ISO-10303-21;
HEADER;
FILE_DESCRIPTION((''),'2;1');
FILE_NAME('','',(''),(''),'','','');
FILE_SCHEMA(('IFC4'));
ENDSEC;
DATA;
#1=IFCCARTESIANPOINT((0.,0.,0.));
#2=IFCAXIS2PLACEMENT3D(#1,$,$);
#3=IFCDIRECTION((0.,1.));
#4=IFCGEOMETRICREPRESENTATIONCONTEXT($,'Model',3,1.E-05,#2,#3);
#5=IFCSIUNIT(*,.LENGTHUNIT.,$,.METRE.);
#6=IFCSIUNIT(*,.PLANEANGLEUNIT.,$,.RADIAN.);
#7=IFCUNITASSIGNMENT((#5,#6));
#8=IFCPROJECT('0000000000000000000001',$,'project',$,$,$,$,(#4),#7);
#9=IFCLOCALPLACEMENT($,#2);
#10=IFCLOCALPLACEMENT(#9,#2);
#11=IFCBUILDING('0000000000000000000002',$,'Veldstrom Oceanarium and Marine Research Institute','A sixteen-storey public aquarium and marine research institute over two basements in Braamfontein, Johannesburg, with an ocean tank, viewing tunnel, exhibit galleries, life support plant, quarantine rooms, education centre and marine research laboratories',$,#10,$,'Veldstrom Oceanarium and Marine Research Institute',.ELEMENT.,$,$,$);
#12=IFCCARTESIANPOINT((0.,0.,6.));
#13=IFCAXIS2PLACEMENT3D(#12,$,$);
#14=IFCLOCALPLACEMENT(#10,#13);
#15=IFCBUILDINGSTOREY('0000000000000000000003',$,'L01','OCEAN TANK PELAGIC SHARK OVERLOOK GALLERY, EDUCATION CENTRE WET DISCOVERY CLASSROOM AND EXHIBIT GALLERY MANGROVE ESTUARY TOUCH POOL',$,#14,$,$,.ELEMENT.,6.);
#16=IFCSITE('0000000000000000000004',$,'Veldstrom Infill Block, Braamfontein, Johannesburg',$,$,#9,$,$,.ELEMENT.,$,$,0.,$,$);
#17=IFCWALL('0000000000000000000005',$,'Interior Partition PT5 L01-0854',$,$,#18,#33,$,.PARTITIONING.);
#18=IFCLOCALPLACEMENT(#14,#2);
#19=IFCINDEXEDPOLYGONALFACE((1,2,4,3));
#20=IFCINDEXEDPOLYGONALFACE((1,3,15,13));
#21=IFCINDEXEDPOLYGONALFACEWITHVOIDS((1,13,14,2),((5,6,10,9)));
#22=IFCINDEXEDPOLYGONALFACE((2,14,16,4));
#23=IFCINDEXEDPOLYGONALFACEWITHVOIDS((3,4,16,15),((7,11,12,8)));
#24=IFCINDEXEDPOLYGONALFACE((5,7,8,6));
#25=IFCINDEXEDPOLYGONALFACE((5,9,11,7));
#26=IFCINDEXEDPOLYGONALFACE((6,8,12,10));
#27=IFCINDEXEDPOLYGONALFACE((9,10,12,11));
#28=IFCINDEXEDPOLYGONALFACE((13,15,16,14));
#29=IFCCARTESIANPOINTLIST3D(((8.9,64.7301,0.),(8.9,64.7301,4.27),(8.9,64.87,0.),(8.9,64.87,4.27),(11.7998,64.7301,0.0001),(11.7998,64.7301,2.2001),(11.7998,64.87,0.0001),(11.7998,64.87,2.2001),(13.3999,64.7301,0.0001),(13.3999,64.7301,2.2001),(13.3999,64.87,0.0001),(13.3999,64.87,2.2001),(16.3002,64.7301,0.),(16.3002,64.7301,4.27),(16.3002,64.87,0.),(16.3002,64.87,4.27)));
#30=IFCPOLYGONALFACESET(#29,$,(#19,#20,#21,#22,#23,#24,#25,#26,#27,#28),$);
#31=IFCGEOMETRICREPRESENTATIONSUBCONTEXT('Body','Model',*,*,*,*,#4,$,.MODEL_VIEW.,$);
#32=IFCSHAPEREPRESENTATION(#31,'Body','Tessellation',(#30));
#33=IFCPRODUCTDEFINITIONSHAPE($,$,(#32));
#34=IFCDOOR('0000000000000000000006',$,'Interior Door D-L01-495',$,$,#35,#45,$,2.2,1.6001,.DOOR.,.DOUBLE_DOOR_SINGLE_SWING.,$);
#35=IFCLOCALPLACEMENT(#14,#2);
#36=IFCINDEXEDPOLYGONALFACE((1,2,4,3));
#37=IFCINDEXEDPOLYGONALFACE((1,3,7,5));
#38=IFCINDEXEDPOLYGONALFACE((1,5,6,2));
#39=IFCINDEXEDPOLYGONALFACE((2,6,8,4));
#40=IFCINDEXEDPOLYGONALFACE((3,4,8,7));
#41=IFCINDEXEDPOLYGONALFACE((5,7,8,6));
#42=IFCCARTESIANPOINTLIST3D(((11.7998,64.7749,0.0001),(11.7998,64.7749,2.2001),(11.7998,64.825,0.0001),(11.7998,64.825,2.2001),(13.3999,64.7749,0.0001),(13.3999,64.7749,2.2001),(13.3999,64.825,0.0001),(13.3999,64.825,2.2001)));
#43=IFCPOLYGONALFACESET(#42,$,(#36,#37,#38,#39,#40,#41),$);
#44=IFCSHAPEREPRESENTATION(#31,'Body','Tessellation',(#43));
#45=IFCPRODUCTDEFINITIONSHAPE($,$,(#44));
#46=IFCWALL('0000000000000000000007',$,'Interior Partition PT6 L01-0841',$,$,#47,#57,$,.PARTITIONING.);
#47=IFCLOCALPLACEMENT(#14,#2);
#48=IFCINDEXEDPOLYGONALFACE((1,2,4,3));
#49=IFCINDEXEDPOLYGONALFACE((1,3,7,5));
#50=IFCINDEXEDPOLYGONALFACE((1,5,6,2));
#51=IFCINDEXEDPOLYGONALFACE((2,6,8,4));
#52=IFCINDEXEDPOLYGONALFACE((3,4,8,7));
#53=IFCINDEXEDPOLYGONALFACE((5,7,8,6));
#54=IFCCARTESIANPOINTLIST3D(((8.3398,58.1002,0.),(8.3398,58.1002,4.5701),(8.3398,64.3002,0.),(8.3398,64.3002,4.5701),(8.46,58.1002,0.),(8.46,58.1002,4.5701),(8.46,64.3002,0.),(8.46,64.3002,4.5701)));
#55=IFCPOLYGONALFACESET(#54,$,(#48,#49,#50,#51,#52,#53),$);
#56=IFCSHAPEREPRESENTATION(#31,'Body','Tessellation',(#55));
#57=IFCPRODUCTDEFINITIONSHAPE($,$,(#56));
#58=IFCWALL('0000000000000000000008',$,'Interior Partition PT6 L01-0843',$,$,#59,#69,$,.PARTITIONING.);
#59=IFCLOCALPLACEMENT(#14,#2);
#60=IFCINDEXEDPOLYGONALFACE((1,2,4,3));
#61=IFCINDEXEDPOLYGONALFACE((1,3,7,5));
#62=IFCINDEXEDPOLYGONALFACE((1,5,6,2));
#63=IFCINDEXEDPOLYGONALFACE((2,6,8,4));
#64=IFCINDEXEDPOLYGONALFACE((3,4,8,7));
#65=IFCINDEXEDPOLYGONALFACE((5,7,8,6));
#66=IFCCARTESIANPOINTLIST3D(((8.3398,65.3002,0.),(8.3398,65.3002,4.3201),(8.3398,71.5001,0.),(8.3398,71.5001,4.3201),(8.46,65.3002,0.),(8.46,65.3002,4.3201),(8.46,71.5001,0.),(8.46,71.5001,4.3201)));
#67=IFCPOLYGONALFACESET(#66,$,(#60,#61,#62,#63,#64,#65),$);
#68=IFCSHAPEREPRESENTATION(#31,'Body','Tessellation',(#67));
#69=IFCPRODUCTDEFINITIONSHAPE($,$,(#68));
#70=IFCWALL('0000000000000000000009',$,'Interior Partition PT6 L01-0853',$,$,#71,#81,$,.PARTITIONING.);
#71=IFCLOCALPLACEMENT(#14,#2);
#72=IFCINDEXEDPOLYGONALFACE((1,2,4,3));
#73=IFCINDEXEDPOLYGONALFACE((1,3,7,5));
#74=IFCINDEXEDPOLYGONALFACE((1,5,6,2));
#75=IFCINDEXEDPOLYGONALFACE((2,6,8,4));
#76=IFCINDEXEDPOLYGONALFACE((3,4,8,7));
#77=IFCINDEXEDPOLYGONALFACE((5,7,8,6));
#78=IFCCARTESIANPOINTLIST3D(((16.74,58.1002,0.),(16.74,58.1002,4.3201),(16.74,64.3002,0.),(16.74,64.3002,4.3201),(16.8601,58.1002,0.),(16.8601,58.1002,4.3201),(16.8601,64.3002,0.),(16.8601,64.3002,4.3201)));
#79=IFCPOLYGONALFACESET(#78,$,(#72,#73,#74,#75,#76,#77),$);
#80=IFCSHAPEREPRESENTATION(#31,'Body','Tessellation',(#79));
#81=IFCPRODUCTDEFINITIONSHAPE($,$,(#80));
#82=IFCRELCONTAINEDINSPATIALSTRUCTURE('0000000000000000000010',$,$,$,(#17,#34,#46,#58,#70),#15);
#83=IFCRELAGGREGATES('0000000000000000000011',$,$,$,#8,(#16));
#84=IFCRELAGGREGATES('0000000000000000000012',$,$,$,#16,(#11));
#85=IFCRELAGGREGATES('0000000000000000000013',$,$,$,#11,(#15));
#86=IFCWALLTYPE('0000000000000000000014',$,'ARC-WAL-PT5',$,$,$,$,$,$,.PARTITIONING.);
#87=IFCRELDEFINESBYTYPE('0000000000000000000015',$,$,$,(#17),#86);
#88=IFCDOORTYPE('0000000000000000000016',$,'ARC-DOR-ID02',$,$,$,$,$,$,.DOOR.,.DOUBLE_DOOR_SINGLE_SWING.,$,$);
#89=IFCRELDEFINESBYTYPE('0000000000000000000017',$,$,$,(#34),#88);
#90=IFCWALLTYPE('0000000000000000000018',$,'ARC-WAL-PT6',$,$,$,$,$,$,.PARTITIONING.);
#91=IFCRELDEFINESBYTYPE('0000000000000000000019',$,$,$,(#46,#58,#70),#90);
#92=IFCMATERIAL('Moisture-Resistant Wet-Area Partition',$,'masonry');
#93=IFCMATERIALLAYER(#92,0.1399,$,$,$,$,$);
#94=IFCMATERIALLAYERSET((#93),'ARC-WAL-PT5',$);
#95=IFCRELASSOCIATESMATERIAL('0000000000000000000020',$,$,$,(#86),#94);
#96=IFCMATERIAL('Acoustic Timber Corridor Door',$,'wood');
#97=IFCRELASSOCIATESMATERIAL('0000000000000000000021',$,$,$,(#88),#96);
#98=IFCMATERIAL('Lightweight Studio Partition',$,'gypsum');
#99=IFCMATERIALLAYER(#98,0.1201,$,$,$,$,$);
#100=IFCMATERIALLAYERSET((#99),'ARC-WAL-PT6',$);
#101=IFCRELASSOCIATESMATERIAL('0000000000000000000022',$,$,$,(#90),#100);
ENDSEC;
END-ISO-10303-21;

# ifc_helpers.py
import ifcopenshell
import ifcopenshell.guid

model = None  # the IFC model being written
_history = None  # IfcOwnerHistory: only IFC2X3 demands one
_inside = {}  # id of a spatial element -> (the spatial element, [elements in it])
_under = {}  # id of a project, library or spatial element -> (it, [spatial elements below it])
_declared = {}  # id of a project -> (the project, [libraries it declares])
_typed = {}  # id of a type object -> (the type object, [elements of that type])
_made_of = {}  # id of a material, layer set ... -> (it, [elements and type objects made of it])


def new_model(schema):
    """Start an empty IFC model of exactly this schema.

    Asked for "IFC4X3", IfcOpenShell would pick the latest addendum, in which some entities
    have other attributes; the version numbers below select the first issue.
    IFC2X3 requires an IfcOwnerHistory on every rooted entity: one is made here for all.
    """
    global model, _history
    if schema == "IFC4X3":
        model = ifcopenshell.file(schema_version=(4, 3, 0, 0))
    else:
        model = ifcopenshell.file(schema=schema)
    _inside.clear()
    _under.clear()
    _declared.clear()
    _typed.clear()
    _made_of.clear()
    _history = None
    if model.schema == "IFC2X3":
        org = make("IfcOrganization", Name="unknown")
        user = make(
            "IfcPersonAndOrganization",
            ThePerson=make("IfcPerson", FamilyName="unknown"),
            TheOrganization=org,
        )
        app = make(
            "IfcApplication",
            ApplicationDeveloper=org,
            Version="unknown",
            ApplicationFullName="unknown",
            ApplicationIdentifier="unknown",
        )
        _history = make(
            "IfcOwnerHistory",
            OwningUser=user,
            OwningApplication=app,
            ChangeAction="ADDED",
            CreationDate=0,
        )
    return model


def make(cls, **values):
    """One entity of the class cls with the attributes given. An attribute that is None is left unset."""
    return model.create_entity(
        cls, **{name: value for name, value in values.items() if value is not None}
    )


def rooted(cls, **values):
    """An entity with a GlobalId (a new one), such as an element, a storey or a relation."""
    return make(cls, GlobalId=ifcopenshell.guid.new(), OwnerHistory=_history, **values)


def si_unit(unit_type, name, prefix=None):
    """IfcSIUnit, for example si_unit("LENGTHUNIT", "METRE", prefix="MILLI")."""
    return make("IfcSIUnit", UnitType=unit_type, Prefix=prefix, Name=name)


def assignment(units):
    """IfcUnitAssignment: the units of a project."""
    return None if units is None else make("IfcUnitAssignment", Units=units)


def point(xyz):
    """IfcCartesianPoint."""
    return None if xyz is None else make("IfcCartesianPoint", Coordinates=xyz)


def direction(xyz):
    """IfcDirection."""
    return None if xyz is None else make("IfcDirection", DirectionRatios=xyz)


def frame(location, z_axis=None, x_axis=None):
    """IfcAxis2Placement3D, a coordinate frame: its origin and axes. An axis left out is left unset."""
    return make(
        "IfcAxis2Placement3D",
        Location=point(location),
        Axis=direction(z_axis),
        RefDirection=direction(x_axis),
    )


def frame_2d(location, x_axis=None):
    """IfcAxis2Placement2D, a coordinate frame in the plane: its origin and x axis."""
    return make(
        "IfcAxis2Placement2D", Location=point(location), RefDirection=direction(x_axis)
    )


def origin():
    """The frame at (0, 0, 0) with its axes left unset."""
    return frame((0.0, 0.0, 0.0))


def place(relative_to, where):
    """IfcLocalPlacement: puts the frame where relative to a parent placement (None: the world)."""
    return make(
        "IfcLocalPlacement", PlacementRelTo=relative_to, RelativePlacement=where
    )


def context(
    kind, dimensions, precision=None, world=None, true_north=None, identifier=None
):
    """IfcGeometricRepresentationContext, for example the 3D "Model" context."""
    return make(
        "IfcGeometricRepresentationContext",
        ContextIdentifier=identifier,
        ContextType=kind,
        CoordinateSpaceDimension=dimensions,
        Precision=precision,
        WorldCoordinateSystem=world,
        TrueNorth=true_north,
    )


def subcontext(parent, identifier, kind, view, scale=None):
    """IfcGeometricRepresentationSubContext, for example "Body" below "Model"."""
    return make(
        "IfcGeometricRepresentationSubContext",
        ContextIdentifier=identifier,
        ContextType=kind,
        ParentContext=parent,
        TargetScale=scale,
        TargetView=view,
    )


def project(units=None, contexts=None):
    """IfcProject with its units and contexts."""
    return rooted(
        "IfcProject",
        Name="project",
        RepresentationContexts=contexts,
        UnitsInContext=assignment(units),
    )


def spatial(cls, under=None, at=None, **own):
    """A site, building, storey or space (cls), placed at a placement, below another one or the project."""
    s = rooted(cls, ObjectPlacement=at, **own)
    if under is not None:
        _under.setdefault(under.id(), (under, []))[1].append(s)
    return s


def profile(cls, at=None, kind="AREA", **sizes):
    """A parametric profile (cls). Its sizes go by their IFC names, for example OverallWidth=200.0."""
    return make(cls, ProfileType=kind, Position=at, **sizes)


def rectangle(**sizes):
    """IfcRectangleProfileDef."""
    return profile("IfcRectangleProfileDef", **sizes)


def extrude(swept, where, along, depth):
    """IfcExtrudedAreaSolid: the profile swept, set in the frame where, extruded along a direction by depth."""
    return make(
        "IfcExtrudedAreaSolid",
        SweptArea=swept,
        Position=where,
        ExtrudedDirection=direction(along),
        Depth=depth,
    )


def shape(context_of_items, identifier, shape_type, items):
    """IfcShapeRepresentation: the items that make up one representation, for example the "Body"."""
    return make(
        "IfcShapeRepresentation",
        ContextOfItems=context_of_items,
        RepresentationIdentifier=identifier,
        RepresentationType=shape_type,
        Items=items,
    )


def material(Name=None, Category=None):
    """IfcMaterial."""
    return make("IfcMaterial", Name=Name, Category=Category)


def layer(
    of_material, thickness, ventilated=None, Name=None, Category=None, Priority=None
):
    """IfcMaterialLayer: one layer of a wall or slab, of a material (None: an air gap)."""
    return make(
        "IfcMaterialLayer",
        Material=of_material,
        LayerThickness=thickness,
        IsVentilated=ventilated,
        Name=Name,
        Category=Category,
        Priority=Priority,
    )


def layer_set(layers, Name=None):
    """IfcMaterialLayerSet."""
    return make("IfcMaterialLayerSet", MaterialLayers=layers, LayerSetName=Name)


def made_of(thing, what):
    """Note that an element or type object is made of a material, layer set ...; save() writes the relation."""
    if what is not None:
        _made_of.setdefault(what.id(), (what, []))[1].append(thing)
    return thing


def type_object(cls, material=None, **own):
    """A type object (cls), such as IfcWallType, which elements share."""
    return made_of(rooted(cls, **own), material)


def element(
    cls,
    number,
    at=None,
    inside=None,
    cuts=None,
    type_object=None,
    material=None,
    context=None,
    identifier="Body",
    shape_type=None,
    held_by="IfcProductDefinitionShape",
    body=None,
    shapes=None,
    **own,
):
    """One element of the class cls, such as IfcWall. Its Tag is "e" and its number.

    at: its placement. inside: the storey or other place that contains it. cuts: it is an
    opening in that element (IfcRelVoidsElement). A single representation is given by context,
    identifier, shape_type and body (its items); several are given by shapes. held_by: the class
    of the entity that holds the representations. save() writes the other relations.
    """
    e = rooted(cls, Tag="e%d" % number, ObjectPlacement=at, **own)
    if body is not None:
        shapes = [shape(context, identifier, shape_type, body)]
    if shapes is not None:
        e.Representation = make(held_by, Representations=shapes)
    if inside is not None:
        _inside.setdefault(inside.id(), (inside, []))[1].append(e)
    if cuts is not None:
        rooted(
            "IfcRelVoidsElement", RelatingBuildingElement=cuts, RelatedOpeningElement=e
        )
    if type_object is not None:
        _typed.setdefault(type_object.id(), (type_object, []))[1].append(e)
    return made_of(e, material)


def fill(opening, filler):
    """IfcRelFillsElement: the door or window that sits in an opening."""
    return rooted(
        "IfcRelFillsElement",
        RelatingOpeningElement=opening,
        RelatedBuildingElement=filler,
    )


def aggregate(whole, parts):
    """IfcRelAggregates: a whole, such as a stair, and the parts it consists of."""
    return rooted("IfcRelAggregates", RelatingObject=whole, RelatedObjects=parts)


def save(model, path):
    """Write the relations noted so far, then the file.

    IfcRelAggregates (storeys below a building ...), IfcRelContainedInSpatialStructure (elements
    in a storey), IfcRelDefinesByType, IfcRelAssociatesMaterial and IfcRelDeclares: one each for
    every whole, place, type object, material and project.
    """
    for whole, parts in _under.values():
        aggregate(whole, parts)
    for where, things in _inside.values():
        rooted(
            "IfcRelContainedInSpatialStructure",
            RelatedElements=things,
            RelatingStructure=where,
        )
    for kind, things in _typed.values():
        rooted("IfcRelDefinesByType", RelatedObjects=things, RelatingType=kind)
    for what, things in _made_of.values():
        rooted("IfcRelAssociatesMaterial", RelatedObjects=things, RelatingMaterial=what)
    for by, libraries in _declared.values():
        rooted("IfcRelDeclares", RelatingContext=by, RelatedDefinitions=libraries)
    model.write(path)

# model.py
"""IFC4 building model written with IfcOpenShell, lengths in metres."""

from ifc_helpers import new_model, si_unit, direction, frame, frame_2d, origin, place, context, subcontext, project, spatial, rectangle, extrude, material, layer, layer_set, type_object, element, fill, save


model = new_model("IFC4")

# Units and contexts
model_context = context("Model", 3, precision=1e-05, world=origin(), true_north=direction((0.0, 1.0)))
body_context = subcontext(model_context, "Body", "Model", "MODEL_VIEW")
ifc_project = project(units=[si_unit("LENGTHUNIT", "METRE"), si_unit("PLANEANGLEUNIT", "RADIAN")], contexts=[model_context])

# Site, building, storey
site_placement = place(None, origin())
site = spatial("IfcSite", under=ifc_project, at=site_placement, Name="Veldstrom Infill Block, Braamfontein, Johannesburg", CompositionType="ELEMENT", RefElevation=0.0)
building_placement = place(site_placement, origin())
building = spatial("IfcBuilding", under=site, at=building_placement, Name="Veldstrom Oceanarium and Marine Research Institute", Description="A sixteen-storey public aquarium and marine research institute over two basements in Braamfontein, Johannesburg, with an ocean tank, viewing tunnel, exhibit galleries, life support plant, quarantine rooms, education centre and marine research laboratories", LongName="Veldstrom Oceanarium and Marine Research Institute", CompositionType="ELEMENT")
storey_placement = place(building_placement, frame((0.0, 0.0, 6.0)))
storey = spatial("IfcBuildingStorey", under=building, at=storey_placement, Name="L01", Description="OCEAN TANK PELAGIC SHARK OVERLOOK GALLERY, EDUCATION CENTRE WET DISCOVERY CLASSROOM AND EXHIBIT GALLERY MANGROVE ESTUARY TOUCH POOL", CompositionType="ELEMENT", Elevation=6.0)

# Wall, opening, door
ifc_material_1 = material(Name="Moisture-Resistant Wet-Area Partition", Category="masonry")
ifc_layer_1 = layer(ifc_material_1, 0.1399)
ifc_layer_set_1 = layer_set([ifc_layer_1], Name="ARC-WAL-PT5")
wall_type_1 = type_object("IfcWallType", Name="ARC-WAL-PT5", PredefinedType="PARTITIONING", material=ifc_layer_set_1)
wall_1_placement = place(storey_placement, frame((8.8999, 64.8, 0.0), z_axis=(0.0, 0.0, 1.0), x_axis=(1.0, 0.0, 0.0)))
wall_1 = element("IfcWall", 1, at=wall_1_placement, inside=storey, type_object=wall_type_1, Name="Interior Partition PT5 L01-0854", PredefinedType="PARTITIONING", context=body_context, shape_type="SweptSolid", body=[
    extrude(rectangle(XDim=7.4001, YDim=0.1399, at=frame_2d((3.7002, 0.0))), origin(), (0.0, 0.0, 1.0), 4.27),
])
opening_1_placement = place(wall_1_placement, frame((2.8999, 0.0, 0.0)))
opening_1 = element("IfcOpeningElement", 2, at=opening_1_placement, cuts=wall_1, PredefinedType="OPENING", context=body_context, shape_type="SweptSolid", body=[
    extrude(rectangle(XDim=1.6001, YDim=2.2, at=frame_2d((0.8, 1.1001))), frame((0.0, 0.0798, 0.0), z_axis=(0.0, -1.0, 0.0), x_axis=(1.0, 0.0, 0.0)), (0.0, 0.0, 1.0), 0.1599),
])
ifc_material_2 = material(Name="Acoustic Timber Corridor Door", Category="wood")
door_type_1 = type_object("IfcDoorType", Name="ARC-DOR-ID02", OperationType="DOUBLE_DOOR_SINGLE_SWING", PredefinedType="DOOR", material=ifc_material_2)
door_1_placement = place(opening_1_placement, origin())
door_1 = element("IfcDoor", 3, at=door_1_placement, inside=storey, type_object=door_type_1, Name="Interior Door D-L01-495", OperationType="DOUBLE_DOOR_SINGLE_SWING", OverallHeight=2.2, OverallWidth=1.6001, PredefinedType="DOOR", context=body_context, shape_type="SweptSolid", body=[
    extrude(rectangle(XDim=1.6001, YDim=2.2, at=frame_2d((0.8, 1.1001))), frame((0.0, 0.0249, 0.0), z_axis=(0.0, -1.0, 0.0), x_axis=(1.0, 0.0, 0.0)), (0.0, 0.0, 1.0), 0.05),
])
fill(opening_1, door_1)

# Walls
ifc_material_3 = material(Name="Lightweight Studio Partition", Category="gypsum")
ifc_layer_2 = layer(ifc_material_3, 0.1201)
ifc_layer_set_2 = layer_set([ifc_layer_2], Name="ARC-WAL-PT6")
wall_type_2 = type_object("IfcWallType", Name="ARC-WAL-PT6", PredefinedType="PARTITIONING", material=ifc_layer_set_2)
wall_2_placement = place(storey_placement, frame((8.3999, 58.1001, 0.0), z_axis=(0.0, 0.0, 1.0), x_axis=(0.0, 1.0, 0.0)))
element("IfcWall", 4, at=wall_2_placement, inside=storey, type_object=wall_type_2, Name="Interior Partition PT6 L01-0841", PredefinedType="PARTITIONING", context=body_context, shape_type="SweptSolid", body=[
    extrude(rectangle(XDim=6.2, YDim=0.1201, at=frame_2d((3.1001, 0.0))), origin(), (0.0, 0.0, 1.0), 4.5701),
])
for number, where, z_axis, x_axis, name in (
    (5, (8.3999, 65.3, 0.0), (0.0, 0.0, 1.0), (0.0, 1.0, 0.0), "Interior Partition PT6 L01-0843"),
    (6, (16.8, 58.1001, 0.0), (0.0, 0.0, 1.0), (0.0, 1.0, 0.0), "Interior Partition PT6 L01-0853"),
):
    element("IfcWall", number, at=place(storey_placement, frame(where, z_axis=z_axis, x_axis=x_axis)), inside=storey, type_object=wall_type_2, Name=name, PredefinedType="PARTITIONING", context=body_context, shape_type="SweptSolid", body=[
        extrude(rectangle(XDim=6.2, YDim=0.1201, at=frame_2d((3.1001, 0.0))), origin(), (0.0, 0.0, 1.0), 4.3201),
    ])

save(model, "model.ifc")
